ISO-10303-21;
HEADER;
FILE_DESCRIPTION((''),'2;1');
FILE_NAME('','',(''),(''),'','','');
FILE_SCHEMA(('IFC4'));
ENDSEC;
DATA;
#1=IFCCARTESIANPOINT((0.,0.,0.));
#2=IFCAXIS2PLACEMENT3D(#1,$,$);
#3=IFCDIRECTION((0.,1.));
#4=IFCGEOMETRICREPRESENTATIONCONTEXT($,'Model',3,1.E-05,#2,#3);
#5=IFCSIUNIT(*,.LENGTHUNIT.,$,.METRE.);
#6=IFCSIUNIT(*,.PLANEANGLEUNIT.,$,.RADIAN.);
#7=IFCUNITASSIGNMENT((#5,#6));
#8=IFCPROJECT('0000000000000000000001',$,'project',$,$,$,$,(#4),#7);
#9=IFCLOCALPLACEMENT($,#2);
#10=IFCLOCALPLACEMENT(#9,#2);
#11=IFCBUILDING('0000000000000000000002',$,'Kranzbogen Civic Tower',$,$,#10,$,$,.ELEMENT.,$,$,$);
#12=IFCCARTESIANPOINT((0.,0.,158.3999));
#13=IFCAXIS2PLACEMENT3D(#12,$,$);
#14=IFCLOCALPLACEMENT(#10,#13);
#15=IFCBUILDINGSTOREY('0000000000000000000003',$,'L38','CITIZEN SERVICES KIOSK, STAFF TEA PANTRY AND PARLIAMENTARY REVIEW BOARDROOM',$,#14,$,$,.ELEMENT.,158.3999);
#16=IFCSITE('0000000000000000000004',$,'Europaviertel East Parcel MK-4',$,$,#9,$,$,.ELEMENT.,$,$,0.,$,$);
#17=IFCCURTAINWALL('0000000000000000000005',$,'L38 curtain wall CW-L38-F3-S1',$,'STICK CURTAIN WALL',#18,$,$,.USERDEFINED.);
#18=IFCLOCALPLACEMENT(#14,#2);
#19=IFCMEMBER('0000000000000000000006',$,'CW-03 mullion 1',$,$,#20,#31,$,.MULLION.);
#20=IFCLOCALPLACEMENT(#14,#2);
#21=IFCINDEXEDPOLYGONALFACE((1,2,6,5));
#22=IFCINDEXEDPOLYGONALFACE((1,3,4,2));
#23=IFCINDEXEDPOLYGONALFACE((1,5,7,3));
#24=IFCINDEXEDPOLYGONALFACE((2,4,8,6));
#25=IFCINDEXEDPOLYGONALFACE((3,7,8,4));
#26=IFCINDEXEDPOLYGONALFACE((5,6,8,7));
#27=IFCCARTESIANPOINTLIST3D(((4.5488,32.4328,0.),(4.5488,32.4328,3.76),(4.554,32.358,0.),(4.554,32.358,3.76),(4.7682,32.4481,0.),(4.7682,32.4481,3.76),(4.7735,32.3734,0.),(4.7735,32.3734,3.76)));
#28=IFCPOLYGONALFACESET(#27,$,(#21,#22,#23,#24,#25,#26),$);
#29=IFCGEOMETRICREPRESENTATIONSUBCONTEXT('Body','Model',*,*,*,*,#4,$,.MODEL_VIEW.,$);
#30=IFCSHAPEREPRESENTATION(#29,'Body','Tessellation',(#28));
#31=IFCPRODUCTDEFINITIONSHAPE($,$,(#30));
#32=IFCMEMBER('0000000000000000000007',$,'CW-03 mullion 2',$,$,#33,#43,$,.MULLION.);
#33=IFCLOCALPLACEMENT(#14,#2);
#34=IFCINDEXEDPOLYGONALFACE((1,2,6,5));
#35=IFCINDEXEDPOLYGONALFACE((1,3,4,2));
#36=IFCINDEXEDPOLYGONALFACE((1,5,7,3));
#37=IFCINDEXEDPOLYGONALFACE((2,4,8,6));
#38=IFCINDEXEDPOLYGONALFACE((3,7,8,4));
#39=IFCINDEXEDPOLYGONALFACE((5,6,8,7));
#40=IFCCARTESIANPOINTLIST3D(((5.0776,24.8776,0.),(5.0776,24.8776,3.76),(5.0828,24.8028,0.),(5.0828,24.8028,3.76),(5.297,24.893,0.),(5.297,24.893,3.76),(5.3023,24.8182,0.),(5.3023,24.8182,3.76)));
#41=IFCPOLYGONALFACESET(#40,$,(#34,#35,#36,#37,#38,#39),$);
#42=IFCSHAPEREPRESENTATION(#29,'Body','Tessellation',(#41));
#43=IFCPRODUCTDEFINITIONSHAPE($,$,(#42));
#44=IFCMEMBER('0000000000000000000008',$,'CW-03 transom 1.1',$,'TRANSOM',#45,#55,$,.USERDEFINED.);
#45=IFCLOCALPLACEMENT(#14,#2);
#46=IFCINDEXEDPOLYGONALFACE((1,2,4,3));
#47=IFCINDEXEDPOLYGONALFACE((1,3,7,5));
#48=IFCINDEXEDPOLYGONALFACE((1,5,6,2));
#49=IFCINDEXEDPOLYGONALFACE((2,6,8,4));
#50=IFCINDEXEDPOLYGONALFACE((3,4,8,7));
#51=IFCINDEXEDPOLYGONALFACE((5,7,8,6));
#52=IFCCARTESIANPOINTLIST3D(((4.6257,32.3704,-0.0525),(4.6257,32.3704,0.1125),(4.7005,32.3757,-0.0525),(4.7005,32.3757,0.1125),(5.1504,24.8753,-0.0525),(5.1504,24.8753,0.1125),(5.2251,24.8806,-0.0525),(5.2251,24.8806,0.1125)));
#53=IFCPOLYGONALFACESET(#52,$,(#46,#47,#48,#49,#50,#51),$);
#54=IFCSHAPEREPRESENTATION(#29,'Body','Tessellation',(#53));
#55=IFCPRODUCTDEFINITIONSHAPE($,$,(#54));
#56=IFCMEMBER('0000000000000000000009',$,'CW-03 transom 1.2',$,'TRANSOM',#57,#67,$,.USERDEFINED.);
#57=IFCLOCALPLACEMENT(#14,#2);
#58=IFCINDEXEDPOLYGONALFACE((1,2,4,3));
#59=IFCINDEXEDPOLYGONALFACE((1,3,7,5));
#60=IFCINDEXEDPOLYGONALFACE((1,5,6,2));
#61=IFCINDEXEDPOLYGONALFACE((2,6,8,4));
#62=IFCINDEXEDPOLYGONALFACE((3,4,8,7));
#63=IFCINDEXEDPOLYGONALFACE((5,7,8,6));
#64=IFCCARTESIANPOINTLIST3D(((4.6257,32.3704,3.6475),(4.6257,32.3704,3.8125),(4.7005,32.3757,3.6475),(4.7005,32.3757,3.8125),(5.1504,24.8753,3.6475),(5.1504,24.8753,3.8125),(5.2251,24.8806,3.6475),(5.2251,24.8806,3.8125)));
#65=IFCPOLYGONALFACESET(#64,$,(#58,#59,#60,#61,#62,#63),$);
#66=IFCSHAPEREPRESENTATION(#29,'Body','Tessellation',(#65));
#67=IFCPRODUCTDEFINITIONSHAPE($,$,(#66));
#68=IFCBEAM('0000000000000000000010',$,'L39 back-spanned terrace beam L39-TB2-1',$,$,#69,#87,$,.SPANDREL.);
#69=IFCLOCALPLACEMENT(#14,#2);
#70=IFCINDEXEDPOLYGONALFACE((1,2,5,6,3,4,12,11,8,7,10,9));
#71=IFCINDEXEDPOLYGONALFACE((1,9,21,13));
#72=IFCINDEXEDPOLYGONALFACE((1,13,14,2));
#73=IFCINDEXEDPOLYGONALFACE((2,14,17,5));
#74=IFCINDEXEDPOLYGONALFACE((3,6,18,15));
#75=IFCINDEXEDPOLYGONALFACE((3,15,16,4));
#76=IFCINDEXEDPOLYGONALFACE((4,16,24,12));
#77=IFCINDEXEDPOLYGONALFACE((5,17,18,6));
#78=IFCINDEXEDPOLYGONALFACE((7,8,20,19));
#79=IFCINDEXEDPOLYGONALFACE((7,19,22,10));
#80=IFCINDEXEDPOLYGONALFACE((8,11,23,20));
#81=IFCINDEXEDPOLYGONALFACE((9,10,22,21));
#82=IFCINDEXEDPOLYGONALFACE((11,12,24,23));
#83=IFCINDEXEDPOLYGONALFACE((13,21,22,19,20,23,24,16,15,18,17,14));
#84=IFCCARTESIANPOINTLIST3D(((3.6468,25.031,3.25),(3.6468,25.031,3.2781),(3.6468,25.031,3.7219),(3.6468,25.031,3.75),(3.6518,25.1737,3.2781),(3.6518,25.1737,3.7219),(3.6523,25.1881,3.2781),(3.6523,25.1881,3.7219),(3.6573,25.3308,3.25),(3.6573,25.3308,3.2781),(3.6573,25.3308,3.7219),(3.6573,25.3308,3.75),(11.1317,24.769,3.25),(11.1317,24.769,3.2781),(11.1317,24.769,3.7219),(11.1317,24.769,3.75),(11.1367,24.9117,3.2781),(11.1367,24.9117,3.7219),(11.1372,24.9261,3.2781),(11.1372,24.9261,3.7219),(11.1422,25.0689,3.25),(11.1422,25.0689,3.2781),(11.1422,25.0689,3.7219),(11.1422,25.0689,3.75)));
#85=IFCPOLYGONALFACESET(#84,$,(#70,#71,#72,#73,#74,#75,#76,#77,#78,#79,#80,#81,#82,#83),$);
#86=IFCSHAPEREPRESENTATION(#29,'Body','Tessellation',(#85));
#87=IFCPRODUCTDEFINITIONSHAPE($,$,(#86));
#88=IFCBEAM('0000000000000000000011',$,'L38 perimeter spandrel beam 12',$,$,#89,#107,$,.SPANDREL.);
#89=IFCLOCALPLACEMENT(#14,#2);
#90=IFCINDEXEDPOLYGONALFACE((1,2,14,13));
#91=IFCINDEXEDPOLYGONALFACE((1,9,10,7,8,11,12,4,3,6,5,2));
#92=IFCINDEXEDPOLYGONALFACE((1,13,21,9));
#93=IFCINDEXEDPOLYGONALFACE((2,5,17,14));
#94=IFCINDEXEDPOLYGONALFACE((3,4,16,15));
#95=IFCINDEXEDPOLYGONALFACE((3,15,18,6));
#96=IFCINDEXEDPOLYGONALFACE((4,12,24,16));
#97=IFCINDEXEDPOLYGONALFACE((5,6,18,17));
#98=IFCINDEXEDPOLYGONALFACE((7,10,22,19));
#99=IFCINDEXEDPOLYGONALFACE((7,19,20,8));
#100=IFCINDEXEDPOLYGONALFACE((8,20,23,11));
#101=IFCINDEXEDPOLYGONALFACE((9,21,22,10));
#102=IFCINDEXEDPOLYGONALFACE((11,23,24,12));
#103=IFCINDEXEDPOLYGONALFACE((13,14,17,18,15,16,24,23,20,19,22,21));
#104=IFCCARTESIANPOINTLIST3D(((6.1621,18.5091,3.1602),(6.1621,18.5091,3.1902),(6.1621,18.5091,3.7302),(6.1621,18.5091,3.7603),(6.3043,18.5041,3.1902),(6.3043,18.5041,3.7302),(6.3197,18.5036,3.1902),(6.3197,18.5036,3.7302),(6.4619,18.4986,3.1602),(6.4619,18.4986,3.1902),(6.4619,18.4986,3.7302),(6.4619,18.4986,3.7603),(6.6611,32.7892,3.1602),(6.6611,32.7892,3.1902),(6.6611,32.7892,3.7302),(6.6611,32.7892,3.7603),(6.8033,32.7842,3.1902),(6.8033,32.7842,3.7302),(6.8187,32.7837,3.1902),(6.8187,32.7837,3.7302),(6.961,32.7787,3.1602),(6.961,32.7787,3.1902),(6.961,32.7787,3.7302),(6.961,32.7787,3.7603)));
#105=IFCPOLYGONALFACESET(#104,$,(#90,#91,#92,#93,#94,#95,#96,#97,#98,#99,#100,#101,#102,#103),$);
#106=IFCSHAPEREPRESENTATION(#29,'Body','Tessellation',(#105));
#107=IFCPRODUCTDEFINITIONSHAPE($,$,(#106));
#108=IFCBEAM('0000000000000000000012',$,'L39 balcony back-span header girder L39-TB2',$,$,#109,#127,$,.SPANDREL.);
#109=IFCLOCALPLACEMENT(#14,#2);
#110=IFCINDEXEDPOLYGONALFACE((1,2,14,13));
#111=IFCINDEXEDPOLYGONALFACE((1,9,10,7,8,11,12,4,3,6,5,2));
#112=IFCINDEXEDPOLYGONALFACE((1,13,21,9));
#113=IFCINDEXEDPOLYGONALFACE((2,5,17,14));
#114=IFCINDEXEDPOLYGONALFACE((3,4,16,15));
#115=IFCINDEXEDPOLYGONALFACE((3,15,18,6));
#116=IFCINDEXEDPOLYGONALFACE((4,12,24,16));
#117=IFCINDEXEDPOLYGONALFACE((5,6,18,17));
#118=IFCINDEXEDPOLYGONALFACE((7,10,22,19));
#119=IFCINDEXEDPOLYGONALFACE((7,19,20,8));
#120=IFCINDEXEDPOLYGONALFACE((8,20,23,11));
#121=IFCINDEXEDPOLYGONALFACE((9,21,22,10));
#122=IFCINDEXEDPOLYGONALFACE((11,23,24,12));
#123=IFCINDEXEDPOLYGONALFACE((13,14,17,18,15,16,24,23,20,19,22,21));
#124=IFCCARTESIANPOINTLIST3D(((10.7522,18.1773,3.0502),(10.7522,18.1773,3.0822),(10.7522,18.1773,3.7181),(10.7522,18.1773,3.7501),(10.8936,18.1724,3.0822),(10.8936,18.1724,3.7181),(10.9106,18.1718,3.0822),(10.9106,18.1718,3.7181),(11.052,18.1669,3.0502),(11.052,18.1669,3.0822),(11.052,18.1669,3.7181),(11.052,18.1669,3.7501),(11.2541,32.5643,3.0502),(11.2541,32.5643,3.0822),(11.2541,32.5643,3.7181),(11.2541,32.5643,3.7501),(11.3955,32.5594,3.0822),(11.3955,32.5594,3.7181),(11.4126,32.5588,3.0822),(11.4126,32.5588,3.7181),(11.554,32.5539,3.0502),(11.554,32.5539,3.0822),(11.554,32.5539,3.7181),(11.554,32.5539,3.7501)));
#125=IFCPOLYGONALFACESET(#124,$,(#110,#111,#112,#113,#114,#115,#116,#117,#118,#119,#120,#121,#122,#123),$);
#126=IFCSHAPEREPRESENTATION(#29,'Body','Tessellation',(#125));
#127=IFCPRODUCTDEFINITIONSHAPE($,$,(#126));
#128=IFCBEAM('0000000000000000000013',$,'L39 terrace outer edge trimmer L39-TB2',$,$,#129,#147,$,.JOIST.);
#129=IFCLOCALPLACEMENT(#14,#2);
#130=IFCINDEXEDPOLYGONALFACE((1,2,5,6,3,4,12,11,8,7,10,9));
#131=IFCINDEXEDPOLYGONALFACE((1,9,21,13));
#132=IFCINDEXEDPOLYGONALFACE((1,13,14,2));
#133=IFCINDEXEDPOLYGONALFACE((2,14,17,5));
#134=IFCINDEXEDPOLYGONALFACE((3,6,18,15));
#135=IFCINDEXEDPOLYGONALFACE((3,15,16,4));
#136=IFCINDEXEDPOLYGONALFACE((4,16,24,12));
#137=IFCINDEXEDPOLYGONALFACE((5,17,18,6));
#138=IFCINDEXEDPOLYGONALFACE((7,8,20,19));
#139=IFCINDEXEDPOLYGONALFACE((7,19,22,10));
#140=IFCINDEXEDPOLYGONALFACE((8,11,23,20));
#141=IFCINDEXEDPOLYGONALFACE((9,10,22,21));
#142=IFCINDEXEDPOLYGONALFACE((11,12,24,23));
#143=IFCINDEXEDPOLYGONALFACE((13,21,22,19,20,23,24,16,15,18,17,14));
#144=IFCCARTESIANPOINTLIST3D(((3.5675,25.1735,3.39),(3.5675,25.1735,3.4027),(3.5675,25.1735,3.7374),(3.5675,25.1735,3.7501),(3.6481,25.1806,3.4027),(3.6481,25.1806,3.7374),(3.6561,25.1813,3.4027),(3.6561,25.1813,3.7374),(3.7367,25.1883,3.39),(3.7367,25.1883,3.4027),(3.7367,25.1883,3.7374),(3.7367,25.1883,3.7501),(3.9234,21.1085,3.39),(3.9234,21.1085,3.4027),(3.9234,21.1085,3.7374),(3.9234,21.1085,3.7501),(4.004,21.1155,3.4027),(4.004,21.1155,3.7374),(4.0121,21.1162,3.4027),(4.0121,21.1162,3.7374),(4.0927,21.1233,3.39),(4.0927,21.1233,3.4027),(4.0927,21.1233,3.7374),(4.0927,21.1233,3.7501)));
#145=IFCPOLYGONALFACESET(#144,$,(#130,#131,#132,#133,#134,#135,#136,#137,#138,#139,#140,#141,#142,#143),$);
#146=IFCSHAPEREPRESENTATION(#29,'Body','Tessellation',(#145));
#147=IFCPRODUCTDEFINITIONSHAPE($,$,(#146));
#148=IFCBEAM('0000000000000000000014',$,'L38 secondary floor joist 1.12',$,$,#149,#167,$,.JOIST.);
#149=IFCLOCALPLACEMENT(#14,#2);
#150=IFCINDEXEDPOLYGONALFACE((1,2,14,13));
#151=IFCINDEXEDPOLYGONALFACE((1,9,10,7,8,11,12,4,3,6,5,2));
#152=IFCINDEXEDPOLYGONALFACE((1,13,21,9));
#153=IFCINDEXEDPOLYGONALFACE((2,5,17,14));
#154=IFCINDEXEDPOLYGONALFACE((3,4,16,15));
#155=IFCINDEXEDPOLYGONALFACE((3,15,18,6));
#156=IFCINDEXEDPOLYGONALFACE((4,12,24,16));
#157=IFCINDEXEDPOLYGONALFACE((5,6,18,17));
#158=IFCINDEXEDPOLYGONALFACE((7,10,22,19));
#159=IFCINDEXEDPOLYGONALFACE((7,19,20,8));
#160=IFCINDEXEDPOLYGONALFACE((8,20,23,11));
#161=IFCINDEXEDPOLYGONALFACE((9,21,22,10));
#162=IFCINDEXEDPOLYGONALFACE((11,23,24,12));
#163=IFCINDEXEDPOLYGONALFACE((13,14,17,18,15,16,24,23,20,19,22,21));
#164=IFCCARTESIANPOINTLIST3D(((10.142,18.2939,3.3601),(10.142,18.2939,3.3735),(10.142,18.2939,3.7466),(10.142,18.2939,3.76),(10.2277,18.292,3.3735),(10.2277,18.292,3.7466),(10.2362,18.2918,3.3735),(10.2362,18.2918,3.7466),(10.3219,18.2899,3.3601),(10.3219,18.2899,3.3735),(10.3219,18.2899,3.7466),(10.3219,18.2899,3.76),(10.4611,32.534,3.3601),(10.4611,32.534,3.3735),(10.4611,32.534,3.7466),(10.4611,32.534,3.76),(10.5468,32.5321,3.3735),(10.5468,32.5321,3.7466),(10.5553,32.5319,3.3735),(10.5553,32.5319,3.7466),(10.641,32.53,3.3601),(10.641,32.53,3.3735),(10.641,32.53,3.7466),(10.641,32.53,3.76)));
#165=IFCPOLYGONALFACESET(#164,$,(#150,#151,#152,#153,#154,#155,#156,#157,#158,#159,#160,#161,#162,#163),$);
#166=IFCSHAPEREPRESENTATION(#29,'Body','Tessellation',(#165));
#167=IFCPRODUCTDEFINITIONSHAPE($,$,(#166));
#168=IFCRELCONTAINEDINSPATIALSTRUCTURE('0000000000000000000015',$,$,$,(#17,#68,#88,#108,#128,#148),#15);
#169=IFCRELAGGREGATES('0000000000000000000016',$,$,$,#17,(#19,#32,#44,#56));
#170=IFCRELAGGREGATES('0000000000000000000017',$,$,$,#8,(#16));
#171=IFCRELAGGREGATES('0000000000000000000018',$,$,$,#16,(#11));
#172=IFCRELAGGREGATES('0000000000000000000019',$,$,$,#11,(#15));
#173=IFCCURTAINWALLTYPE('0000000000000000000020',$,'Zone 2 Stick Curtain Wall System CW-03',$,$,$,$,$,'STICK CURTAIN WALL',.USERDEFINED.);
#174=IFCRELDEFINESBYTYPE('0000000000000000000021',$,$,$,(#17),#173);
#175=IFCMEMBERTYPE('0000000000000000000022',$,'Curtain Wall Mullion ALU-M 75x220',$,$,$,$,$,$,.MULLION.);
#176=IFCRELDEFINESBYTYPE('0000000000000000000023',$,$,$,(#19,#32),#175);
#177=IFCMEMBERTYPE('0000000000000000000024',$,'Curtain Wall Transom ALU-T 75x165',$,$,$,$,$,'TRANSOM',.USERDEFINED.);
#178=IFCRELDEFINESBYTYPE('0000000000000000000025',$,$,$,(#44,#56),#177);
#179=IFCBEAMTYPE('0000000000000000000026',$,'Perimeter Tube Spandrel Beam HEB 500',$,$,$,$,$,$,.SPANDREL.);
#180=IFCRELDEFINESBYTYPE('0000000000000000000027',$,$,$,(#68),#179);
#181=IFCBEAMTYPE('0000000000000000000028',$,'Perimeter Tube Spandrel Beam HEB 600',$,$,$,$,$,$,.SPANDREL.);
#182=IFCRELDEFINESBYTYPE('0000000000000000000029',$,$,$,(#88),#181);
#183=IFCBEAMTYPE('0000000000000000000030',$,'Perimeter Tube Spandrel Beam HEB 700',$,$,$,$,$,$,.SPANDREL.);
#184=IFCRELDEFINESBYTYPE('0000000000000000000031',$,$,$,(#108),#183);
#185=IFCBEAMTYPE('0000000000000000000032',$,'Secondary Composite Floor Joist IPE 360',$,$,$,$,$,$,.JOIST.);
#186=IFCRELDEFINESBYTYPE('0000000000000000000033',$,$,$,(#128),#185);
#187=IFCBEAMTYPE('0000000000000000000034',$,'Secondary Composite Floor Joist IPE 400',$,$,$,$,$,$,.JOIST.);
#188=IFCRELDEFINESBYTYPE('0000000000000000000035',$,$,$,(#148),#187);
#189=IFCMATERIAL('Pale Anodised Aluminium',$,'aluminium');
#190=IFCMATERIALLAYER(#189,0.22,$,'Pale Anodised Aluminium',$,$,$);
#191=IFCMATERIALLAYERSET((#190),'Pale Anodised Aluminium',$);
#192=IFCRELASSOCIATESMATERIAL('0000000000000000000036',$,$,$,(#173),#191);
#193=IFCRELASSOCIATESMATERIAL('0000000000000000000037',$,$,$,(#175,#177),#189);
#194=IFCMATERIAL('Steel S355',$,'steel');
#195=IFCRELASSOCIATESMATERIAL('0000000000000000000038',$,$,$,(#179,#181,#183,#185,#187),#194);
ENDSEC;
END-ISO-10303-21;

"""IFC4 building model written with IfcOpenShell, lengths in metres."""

from ifc_helpers import new_model, si_unit, direction, frame, origin, origin_2d, place, context, subcontext, project, spatial, rectangle, i_section, extrude, material, layer, layer_set, material_profile, profile_set, type_object, element, aggregate, save


model = new_model("IFC4")

# Units and contexts
model_context = context("Model", 3, precision=1e-05, world=origin(), true_north=direction((0.0, 1.0)))
body_context = subcontext(model_context, "Body", "Model", "MODEL_VIEW")
ifc_project = project(units=[si_unit("LENGTHUNIT", "METRE"), si_unit("PLANEANGLEUNIT", "RADIAN")], contexts=[model_context])

# Site, building, storey
site_placement = place(None, origin())
site = spatial("IfcSite", under=ifc_project, at=site_placement, Name="Europaviertel East Parcel MK-4", CompositionType="ELEMENT", RefElevation=0.0)
building_placement = place(site_placement, origin())
building = spatial("IfcBuilding", under=site, at=building_placement, Name="Kranzbogen Civic Tower", CompositionType="ELEMENT")
storey_placement = place(building_placement, frame((0.0, 0.0, 158.3999)))
storey = spatial("IfcBuildingStorey", under=building, at=storey_placement, Name="L38", Description="CITIZEN SERVICES KIOSK, STAFF TEA PANTRY AND PARLIAMENTARY REVIEW BOARDROOM", CompositionType="ELEMENT", Elevation=158.3999)

# Curtain wall, members
ifc_material_1 = material(Name="Pale Anodised Aluminium", Category="aluminium")
ifc_layer_1 = layer(ifc_material_1, 0.22, Name="Pale Anodised Aluminium")
ifc_layer_set_1 = layer_set([ifc_layer_1], Name="Pale Anodised Aluminium")
curtain_wall_type = type_object("IfcCurtainWallType", Name="Zone 2 Stick Curtain Wall System CW-03", ElementType="STICK CURTAIN WALL", PredefinedType="USERDEFINED", material=ifc_layer_set_1)
curtain_wall_placement = place(storey_placement, origin())
curtain_wall = element("IfcCurtainWall", 1, at=curtain_wall_placement, inside=storey, type_object=curtain_wall_type, Name="L38 curtain wall CW-L38-F3-S1", ObjectType="STICK CURTAIN WALL", PredefinedType="USERDEFINED")
ifc_material_profile_1 = material_profile(ifc_material_1, rectangle(XDim=0.075, YDim=0.22, at=origin_2d()), Name="ALU-M 75x220")
ifc_profile_set_1 = profile_set([ifc_material_profile_1], Name="Pale Anodised Aluminium")
member_type_1 = type_object("IfcMemberType", Name="Curtain Wall Mullion ALU-M 75x220", PredefinedType="MULLION", material=ifc_profile_set_1)
member_1_placement = place(storey_placement, frame((4.6611, 32.4031, 0.0), z_axis=(0.0, 0.0, 1.0), x_axis=(0.069823, -0.997559, 0.0)))
member_1 = element("IfcMember", 2, at=member_1_placement, type_object=member_type_1, Name="CW-03 mullion 1", PredefinedType="MULLION", context=body_context, shape_type="SweptSolid", body=[
    extrude(rectangle(XDim=0.075, YDim=0.22, at=origin_2d()), origin(), (0.0, 0.0, 1.0), 3.76),
])
member_2_placement = place(storey_placement, frame((5.1899, 24.8479, 0.0), z_axis=(0.0, 0.0, 1.0), x_axis=(0.069823, -0.997559, 0.0)))
member_2 = element("IfcMember", 3, at=member_2_placement, type_object=member_type_1, Name="CW-03 mullion 2", PredefinedType="MULLION", context=body_context, shape_type="SweptSolid", body=[
    extrude(rectangle(XDim=0.075, YDim=0.22, at=origin_2d()), origin(), (0.0, 0.0, 1.0), 3.76),
])
ifc_material_profile_2 = material_profile(ifc_material_1, rectangle(XDim=0.075, YDim=0.165, at=origin_2d()), Name="ALU-T 75x165")
ifc_profile_set_2 = profile_set([ifc_material_profile_2], Name="Pale Anodised Aluminium")
member_type_2 = type_object("IfcMemberType", Name="Curtain Wall Transom ALU-T 75x165", ElementType="TRANSOM", PredefinedType="USERDEFINED", material=ifc_profile_set_2)
member_3_placement = place(storey_placement, frame((4.6631, 32.373, 0.03), z_axis=(0.069829, -0.997559, 0.0), x_axis=(0.997559, 0.069829, 0.0)))
member_3 = element("IfcMember", 4, at=member_3_placement, type_object=member_type_2, Name="CW-03 transom 1.1", ObjectType="TRANSOM", PredefinedType="USERDEFINED", context=body_context, shape_type="SweptSolid", body=[
    extrude(rectangle(XDim=0.075, YDim=0.165, at=origin_2d()), origin(), (0.0, 0.0, 1.0), 7.5134),
])
member_4_placement = place(storey_placement, frame((4.6631, 32.373, 3.73), z_axis=(0.069829, -0.997559, 0.0), x_axis=(0.997559, 0.069829, 0.0)))
member_4 = element("IfcMember", 5, at=member_4_placement, type_object=member_type_2, Name="CW-03 transom 1.2", ObjectType="TRANSOM", PredefinedType="USERDEFINED", context=body_context, shape_type="SweptSolid", body=[
    extrude(rectangle(XDim=0.075, YDim=0.165, at=origin_2d()), origin(), (0.0, 0.0, 1.0), 7.5134),
])

# Beams
ifc_material_2 = material(Name="Steel S355", Category="steel")
ifc_material_profile_3 = material_profile(ifc_material_2, i_section(OverallWidth=0.3, OverallDepth=0.5, WebThickness=0.0144, FlangeThickness=0.0281, at=origin_2d()), Name="HEB 500")
ifc_profile_set_3 = profile_set([ifc_material_profile_3], Name="Steel S355")
beam_type_1 = type_object("IfcBeamType", Name="Perimeter Tube Spandrel Beam HEB 500", PredefinedType="SPANDREL", material=ifc_profile_set_3)
beam_1_placement = place(storey_placement, frame((11.137, 24.9189, 3.5), z_axis=(-0.999388, 0.034978, 0.0), x_axis=(-0.034978, -0.999388, 0.0)))
element("IfcBeam", 6, at=beam_1_placement, inside=storey, type_object=beam_type_1, Name="L39 back-spanned terrace beam L39-TB2-1", PredefinedType="SPANDREL", context=body_context, shape_type="SweptSolid", body=[
    extrude(i_section(OverallWidth=0.3, OverallDepth=0.5, WebThickness=0.0144, FlangeThickness=0.0281, at=origin_2d()), origin(), (0.0, 0.0, 1.0), 7.4895),
])
ifc_material_profile_4 = material_profile(ifc_material_2, i_section(OverallWidth=0.3, OverallDepth=0.6001, WebThickness=0.0154, FlangeThickness=0.03, at=origin_2d()), Name="HEB 600")
ifc_profile_set_4 = profile_set([ifc_material_profile_4], Name="Steel S355")
beam_type_2 = type_object("IfcBeamType", Name="Perimeter Tube Spandrel Beam HEB 600", PredefinedType="SPANDREL", material=ifc_profile_set_4)
beam_2_placement = place(storey_placement, frame((6.811, 32.7839, 3.4602), z_axis=(-0.034924, -0.99939, 0.0), x_axis=(0.99939, -0.034924, 0.0)))
element("IfcBeam", 7, at=beam_2_placement, inside=storey, type_object=beam_type_2, Name="L38 perimeter spandrel beam 12", PredefinedType="SPANDREL", context=body_context, shape_type="SweptSolid", body=[
    extrude(i_section(OverallWidth=0.3, OverallDepth=0.6001, WebThickness=0.0154, FlangeThickness=0.03, at=origin_2d()), origin(), (0.0, 0.0, 1.0), 14.2888),
])
ifc_material_profile_5 = material_profile(ifc_material_2, i_section(OverallWidth=0.3, OverallDepth=0.7, WebThickness=0.0171, FlangeThickness=0.032, at=origin_2d()), Name="HEB 700")
ifc_profile_set_5 = profile_set([ifc_material_profile_5], Name="Steel S355")
beam_type_3 = type_object("IfcBeamType", Name="Perimeter Tube Spandrel Beam HEB 700", PredefinedType="SPANDREL", material=ifc_profile_set_5)
beam_3_placement = place(storey_placement, frame((11.4041, 32.5591, 3.4001), z_axis=(-0.034868, -0.999392, 0.0), x_axis=(0.999392, -0.034868, 0.0)))
element("IfcBeam", 8, at=beam_3_placement, inside=storey, type_object=beam_type_3, Name="L39 balcony back-span header girder L39-TB2", PredefinedType="SPANDREL", context=body_context, shape_type="SweptSolid", body=[
    extrude(i_section(OverallWidth=0.3, OverallDepth=0.7, WebThickness=0.0171, FlangeThickness=0.032, at=origin_2d()), origin(), (0.0, 0.0, 1.0), 14.3958),
])
ifc_material_profile_6 = material_profile(ifc_material_2, i_section(OverallWidth=0.1699, OverallDepth=0.3601, WebThickness=0.0081, FlangeThickness=0.0127, at=origin_2d()), Name="IPE 360")
ifc_profile_set_6 = profile_set([ifc_material_profile_6], Name="Steel S355")
beam_type_4 = type_object("IfcBeamType", Name="Secondary Composite Floor Joist IPE 360", PredefinedType="JOIST", material=ifc_profile_set_6)
beam_4_placement = place(storey_placement, frame((3.6521, 25.1809, 3.5701), z_axis=(0.087234, -0.996188, 0.0), x_axis=(0.996188, 0.087234, 0.0)))
element("IfcBeam", 9, at=beam_4_placement, inside=storey, type_object=beam_type_4, Name="L39 terrace outer edge trimmer L39-TB2", PredefinedType="JOIST", context=body_context, shape_type="SweptSolid", body=[
    extrude(i_section(OverallWidth=0.1699, OverallDepth=0.3601, WebThickness=0.0081, FlangeThickness=0.0127, at=origin_2d()), origin(), (0.0, 0.0, 1.0), 4.0806),
])
ifc_material_profile_7 = material_profile(ifc_material_2, i_section(OverallWidth=0.1799, OverallDepth=0.3999, WebThickness=0.0085, FlangeThickness=0.0134, at=origin_2d()), Name="IPE 400")
ifc_profile_set_7 = profile_set([ifc_material_profile_7], Name="Steel S355")
beam_type_5 = type_object("IfcBeamType", Name="Secondary Composite Floor Joist IPE 400", PredefinedType="JOIST", material=ifc_profile_set_7)
beam_5_placement = place(storey_placement, frame((10.551, 32.532, 3.5601), z_axis=(-0.022403, -0.999749, 0.0), x_axis=(0.999749, -0.022403, 0.0)))
element("IfcBeam", 10, at=beam_5_placement, inside=storey, type_object=beam_type_5, Name="L38 secondary floor joist 1.12", PredefinedType="JOIST", context=body_context, shape_type="SweptSolid", body=[
    extrude(i_section(OverallWidth=0.1799, OverallDepth=0.3999, WebThickness=0.0085, FlangeThickness=0.0134, at=origin_2d()), origin(), (0.0, 0.0, 1.0), 14.2437),
])

aggregate(curtain_wall, [member_1, member_2, member_3, member_4])

save(model, "model.ifc")
